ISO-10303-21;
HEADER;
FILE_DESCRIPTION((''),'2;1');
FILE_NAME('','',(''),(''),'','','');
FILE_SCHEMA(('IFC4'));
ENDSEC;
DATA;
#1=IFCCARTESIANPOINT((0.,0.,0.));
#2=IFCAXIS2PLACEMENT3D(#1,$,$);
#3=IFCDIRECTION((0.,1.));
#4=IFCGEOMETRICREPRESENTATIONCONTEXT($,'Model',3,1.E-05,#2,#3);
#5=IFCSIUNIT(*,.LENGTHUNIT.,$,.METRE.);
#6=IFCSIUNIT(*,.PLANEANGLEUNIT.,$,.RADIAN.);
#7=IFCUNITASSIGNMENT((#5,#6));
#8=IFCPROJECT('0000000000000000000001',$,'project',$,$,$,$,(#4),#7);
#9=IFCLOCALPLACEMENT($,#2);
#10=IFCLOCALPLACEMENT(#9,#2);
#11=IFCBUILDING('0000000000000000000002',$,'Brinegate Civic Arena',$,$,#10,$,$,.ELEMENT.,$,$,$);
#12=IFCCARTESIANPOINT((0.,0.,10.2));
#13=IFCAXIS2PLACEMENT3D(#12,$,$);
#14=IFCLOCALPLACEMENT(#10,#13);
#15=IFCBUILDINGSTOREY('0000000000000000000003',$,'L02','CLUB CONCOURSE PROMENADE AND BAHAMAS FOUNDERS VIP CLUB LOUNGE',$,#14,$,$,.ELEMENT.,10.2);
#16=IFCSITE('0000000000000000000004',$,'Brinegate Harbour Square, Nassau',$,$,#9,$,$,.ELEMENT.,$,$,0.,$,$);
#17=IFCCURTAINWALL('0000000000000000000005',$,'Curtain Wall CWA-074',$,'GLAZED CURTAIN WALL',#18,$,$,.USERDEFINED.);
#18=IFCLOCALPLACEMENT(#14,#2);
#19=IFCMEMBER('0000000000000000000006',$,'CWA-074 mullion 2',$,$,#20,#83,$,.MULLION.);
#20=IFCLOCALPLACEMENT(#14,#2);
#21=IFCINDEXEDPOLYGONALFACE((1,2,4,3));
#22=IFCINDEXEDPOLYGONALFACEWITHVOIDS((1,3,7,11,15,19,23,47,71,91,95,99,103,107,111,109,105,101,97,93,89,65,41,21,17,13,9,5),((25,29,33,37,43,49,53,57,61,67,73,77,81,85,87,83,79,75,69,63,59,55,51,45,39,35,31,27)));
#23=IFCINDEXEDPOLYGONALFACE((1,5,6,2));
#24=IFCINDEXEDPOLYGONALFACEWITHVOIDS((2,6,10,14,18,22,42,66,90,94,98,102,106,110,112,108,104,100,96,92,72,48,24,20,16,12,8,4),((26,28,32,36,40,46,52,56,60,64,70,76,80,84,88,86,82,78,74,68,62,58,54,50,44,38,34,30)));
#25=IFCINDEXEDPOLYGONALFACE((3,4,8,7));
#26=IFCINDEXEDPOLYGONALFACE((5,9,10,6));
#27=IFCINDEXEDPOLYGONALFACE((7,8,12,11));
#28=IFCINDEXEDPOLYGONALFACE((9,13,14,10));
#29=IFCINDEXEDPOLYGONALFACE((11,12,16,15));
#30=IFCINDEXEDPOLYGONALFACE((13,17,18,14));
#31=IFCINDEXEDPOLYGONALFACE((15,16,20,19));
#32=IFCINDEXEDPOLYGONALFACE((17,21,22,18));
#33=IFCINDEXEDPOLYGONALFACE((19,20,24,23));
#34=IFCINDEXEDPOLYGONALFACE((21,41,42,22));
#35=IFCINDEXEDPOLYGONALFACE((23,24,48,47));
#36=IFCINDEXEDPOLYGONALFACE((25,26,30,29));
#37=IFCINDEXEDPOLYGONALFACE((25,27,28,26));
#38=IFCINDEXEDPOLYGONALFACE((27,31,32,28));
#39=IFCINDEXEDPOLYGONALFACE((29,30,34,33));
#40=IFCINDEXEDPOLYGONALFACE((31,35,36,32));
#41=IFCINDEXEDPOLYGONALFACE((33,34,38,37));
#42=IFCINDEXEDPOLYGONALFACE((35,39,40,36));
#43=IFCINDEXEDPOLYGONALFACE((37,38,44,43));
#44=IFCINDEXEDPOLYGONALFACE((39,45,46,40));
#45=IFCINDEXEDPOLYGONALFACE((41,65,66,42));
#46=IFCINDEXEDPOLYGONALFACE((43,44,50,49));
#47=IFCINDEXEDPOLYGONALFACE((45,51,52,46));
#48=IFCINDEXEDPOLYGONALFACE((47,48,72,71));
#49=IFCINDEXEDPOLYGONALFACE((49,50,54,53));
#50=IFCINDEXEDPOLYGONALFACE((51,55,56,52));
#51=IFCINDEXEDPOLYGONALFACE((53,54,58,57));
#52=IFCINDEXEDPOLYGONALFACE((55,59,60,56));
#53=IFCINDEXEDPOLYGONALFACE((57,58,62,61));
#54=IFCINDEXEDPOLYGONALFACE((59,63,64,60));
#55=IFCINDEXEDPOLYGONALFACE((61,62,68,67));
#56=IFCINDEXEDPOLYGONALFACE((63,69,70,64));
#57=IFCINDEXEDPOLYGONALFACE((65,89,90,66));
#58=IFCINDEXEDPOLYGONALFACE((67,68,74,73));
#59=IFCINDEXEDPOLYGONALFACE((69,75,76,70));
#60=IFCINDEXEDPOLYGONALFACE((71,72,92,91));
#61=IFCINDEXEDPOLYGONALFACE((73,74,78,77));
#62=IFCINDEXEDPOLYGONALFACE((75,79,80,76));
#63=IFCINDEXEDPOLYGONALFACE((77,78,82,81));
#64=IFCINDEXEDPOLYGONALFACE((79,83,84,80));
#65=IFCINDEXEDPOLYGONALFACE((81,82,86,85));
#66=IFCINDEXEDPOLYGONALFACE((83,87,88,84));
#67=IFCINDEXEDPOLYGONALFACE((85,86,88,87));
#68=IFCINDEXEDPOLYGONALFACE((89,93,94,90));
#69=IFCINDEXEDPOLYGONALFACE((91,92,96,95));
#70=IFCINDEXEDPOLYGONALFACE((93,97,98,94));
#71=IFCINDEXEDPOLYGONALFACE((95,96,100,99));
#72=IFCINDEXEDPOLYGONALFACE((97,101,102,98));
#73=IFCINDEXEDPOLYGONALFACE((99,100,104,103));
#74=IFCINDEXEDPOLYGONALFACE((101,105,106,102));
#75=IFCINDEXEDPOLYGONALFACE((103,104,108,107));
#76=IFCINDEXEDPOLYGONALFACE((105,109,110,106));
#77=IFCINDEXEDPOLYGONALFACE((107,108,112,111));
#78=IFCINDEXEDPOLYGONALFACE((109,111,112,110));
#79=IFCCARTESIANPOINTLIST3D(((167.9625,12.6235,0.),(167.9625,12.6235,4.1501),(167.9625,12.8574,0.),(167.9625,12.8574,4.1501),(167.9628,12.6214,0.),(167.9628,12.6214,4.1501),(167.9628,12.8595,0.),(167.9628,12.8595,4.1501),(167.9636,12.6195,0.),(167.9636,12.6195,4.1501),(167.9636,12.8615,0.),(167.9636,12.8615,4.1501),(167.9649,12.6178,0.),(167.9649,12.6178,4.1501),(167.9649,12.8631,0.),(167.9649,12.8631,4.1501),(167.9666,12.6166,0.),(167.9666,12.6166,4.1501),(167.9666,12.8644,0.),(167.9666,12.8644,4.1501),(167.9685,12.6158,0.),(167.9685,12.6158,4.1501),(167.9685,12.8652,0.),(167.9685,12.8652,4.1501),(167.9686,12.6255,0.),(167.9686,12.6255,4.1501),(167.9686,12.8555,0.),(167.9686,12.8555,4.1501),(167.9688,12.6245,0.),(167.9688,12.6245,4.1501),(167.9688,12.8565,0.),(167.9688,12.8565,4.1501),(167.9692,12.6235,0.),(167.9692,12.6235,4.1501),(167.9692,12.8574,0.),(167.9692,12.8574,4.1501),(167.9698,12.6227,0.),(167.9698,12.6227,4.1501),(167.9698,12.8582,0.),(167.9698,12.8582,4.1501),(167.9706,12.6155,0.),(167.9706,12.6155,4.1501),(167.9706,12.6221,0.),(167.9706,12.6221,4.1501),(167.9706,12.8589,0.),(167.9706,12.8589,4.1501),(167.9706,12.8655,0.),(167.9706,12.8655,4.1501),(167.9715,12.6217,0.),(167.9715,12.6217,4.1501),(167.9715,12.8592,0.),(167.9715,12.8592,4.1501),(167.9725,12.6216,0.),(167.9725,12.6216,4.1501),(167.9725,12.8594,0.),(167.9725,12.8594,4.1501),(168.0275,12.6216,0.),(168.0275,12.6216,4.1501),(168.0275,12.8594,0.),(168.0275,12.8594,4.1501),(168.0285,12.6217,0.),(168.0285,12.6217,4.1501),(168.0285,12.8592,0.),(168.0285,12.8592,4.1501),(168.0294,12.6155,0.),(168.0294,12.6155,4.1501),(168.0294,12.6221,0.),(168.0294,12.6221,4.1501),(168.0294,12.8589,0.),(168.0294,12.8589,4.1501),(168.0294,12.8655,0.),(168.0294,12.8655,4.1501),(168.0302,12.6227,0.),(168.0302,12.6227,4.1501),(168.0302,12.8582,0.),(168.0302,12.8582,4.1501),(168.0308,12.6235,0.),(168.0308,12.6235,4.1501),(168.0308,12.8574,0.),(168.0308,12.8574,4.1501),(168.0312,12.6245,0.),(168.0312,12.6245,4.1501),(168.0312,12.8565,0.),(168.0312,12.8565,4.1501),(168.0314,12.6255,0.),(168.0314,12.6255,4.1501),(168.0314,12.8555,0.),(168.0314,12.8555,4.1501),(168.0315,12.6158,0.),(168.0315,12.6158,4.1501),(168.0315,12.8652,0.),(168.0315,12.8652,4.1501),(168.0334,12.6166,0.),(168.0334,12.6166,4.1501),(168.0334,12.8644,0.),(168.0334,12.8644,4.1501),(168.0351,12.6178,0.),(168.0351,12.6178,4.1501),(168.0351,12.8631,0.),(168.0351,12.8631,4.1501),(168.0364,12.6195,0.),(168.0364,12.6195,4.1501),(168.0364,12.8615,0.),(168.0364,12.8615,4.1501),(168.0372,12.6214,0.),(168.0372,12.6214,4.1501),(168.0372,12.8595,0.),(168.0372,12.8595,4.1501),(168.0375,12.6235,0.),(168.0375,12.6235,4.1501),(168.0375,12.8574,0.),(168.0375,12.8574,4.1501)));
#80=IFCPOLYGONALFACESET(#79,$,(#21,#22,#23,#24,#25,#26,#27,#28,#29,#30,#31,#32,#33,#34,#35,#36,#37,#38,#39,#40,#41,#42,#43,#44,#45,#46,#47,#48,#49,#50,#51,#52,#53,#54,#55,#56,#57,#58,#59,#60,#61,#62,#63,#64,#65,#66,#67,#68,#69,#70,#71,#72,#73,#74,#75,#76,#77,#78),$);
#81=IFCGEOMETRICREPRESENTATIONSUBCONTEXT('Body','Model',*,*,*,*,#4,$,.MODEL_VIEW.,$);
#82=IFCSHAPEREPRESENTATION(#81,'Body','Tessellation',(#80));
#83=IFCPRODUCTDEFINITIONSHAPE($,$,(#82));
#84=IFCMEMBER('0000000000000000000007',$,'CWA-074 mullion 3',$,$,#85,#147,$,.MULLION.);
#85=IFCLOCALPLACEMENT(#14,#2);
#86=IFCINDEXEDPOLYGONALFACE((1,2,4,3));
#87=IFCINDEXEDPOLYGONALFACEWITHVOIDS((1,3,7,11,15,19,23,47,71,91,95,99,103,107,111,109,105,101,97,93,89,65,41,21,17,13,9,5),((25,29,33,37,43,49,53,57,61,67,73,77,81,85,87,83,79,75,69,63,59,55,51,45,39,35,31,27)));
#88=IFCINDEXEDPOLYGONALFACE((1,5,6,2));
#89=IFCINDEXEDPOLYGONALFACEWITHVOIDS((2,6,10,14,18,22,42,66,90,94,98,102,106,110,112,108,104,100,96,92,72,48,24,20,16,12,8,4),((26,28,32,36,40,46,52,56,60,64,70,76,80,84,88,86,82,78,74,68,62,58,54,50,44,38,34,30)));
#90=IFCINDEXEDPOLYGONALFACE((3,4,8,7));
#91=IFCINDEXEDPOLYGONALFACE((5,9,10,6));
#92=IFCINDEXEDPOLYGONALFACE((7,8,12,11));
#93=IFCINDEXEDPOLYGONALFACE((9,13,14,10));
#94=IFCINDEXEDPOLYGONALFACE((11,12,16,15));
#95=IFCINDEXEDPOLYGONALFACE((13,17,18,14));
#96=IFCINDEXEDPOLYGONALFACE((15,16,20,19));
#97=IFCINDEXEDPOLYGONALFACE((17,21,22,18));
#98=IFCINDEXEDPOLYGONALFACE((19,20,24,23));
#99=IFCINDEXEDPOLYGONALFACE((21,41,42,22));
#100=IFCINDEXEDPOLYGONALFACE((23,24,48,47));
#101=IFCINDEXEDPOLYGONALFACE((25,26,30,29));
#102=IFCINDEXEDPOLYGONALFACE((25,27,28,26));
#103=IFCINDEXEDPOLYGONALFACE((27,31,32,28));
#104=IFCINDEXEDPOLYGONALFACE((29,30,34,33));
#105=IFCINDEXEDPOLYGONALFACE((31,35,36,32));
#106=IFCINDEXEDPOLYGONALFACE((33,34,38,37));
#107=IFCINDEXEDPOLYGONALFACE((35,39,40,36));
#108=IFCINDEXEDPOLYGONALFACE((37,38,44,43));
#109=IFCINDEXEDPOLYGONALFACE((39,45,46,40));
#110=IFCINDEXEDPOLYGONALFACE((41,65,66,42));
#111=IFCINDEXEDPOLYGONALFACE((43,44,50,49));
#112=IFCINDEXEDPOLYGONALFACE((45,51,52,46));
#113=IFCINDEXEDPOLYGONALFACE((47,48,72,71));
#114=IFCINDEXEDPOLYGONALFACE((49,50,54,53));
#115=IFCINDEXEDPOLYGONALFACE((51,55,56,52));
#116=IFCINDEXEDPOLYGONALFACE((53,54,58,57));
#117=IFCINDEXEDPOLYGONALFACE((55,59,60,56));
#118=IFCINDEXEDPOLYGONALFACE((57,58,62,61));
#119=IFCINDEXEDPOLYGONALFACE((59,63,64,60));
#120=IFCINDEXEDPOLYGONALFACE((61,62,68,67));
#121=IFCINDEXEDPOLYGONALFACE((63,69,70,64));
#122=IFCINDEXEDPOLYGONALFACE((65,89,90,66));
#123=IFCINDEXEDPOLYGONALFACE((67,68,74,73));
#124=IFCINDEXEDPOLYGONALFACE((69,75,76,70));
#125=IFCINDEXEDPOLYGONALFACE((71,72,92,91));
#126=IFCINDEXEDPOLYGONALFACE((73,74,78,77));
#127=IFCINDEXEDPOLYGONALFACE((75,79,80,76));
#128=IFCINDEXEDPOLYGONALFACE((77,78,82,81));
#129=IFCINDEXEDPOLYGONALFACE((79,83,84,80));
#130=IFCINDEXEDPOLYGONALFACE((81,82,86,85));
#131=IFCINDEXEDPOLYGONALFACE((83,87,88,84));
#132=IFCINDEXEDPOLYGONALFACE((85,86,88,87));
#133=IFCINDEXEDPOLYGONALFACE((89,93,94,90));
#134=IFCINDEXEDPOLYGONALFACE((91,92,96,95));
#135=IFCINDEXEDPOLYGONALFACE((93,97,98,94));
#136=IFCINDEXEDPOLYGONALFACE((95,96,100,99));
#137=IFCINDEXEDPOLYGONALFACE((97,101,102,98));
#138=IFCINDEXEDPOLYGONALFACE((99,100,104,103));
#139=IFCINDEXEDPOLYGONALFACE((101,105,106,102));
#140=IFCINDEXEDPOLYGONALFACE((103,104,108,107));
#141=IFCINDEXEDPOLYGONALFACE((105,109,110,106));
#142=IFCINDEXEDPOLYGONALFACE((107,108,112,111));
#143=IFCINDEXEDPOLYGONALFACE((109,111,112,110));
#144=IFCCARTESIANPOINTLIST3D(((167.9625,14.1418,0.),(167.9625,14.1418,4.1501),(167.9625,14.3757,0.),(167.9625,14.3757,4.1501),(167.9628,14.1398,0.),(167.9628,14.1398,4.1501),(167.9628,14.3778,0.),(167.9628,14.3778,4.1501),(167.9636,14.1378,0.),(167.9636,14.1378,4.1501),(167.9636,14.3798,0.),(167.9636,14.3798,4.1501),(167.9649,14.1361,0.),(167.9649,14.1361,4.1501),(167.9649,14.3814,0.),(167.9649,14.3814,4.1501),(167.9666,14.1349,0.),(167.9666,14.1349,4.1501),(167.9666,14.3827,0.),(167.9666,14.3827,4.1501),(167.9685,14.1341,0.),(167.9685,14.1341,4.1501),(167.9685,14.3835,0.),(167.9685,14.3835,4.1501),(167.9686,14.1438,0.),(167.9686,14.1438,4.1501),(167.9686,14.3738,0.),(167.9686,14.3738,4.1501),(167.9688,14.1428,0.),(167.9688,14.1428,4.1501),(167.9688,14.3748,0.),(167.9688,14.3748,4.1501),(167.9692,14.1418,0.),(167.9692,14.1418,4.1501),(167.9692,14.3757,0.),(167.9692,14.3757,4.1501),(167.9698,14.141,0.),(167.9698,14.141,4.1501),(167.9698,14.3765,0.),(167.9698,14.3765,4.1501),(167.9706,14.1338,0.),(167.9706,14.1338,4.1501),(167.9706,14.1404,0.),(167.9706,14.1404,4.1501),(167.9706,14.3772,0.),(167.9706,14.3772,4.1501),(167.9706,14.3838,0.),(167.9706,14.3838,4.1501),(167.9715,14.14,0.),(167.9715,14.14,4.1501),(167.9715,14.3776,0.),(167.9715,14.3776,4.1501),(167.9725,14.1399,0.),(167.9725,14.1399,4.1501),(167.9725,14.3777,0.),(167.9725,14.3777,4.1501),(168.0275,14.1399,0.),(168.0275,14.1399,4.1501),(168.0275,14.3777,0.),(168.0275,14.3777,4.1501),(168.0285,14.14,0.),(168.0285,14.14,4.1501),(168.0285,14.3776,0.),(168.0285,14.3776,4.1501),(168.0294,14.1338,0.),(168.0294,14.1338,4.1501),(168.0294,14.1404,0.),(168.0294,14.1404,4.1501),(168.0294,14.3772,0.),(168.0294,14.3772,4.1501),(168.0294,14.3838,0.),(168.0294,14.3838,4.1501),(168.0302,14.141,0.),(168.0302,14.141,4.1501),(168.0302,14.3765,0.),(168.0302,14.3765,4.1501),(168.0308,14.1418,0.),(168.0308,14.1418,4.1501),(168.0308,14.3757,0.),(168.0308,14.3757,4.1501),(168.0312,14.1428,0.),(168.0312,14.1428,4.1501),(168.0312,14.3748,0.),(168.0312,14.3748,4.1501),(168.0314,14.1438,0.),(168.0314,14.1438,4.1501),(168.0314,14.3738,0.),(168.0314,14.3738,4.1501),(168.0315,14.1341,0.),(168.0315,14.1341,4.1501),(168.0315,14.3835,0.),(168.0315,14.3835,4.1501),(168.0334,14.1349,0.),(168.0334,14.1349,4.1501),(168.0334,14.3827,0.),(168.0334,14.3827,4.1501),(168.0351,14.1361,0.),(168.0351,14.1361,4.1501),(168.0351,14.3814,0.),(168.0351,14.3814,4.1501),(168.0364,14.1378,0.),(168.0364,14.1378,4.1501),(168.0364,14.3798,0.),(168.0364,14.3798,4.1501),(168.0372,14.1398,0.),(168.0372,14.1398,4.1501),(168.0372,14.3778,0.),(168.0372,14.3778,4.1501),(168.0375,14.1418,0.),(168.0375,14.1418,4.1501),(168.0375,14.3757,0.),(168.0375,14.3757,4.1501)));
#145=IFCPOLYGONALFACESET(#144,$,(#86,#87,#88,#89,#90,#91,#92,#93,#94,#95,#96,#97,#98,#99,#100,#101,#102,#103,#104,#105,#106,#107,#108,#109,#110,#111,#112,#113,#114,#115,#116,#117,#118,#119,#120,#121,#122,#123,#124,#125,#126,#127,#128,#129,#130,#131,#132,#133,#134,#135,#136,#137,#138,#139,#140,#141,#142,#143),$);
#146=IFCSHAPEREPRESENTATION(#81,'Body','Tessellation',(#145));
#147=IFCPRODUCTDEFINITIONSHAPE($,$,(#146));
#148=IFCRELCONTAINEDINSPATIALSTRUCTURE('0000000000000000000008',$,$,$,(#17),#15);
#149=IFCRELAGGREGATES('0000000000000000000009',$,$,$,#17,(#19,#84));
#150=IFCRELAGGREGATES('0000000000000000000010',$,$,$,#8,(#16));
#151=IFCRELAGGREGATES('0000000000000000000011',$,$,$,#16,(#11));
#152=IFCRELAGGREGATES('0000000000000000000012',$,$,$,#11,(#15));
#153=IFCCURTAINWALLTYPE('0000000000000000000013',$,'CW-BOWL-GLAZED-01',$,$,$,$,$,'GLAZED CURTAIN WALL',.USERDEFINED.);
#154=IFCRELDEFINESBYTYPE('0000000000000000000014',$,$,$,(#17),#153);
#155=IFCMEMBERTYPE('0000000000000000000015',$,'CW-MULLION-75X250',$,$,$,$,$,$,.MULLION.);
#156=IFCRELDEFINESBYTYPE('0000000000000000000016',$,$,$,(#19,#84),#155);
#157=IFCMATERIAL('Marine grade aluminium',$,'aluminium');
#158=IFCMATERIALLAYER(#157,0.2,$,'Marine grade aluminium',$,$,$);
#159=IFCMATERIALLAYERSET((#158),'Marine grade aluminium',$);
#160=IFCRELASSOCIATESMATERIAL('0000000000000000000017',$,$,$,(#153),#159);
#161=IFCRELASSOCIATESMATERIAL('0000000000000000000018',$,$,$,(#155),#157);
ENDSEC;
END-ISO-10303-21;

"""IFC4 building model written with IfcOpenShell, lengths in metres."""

from ifc_helpers import new_model, si_unit, direction, frame, origin, origin_2d, place, context, subcontext, project, spatial, hollow_rectangle, extrude, material, layer, layer_set, material_profile, profile_set, type_object, element, aggregate, save


model = new_model("IFC4")

# Units and contexts
model_context = context("Model", 3, precision=1e-05, world=origin(), true_north=direction((0.0, 1.0)))
body_context = subcontext(model_context, "Body", "Model", "MODEL_VIEW")
ifc_project = project(units=[si_unit("LENGTHUNIT", "METRE"), si_unit("PLANEANGLEUNIT", "RADIAN")], contexts=[model_context])

# Site, building, storey
site_placement = place(None, origin())
site = spatial("IfcSite", under=ifc_project, at=site_placement, Name="Brinegate Harbour Square, Nassau", CompositionType="ELEMENT", RefElevation=0.0)
building_placement = place(site_placement, origin())
building = spatial("IfcBuilding", under=site, at=building_placement, Name="Brinegate Civic Arena", CompositionType="ELEMENT")
storey_placement = place(building_placement, frame((0.0, 0.0, 10.2)))
storey = spatial("IfcBuildingStorey", under=building, at=storey_placement, Name="L02", Description="CLUB CONCOURSE PROMENADE AND BAHAMAS FOUNDERS VIP CLUB LOUNGE", CompositionType="ELEMENT", Elevation=10.2)

# Shared definitions
ifc_material_1 = material(Name="Marine grade aluminium", Category="aluminium")
ifc_layer_1 = layer(ifc_material_1, 0.2, Name="Marine grade aluminium")
ifc_layer_set_1 = layer_set([ifc_layer_1], Name="Marine grade aluminium")
curtain_wall_type = type_object("IfcCurtainWallType", Name="CW-BOWL-GLAZED-01", ElementType="GLAZED CURTAIN WALL", PredefinedType="USERDEFINED", material=ifc_layer_set_1)

# Curtain wall, members
curtain_wall_1_placement = place(storey_placement, origin())
curtain_wall_1 = element("IfcCurtainWall", 1, at=curtain_wall_1_placement, inside=storey, type_object=curtain_wall_type, Name="Curtain Wall CWA-074", ObjectType="GLAZED CURTAIN WALL", PredefinedType="USERDEFINED")
ifc_material_profile_1 = material_profile(ifc_material_1, hollow_rectangle(XDim=0.075, YDim=0.25, WallThickness=0.0061, InnerFilletRadius=0.0039, OuterFilletRadius=0.0081, at=origin_2d()), Name="MUL75X250")
ifc_profile_set_1 = profile_set([ifc_material_profile_1], Name="Marine grade aluminium")
member_type_1 = type_object("IfcMemberType", Name="CW-MULLION-75X250", PredefinedType="MULLION", material=ifc_profile_set_1)
member_1_placement = place(storey_placement, frame((168.0, 12.7405, 0.0), z_axis=(0.0, 0.0, 1.0), x_axis=(-1.0, 0.0, 0.0)))
member_1 = element("IfcMember", 2, at=member_1_placement, type_object=member_type_1, Name="CWA-074 mullion 2", PredefinedType="MULLION", context=body_context, shape_type="SweptSolid", body=[
    extrude(hollow_rectangle(XDim=0.075, YDim=0.25, WallThickness=0.0061, InnerFilletRadius=0.0039, OuterFilletRadius=0.0081, at=origin_2d()), origin(), (0.0, 0.0, 1.0), 4.1501),
])
member_2_placement = place(storey_placement, frame((168.0, 14.2588, 0.0), z_axis=(0.0, 0.0, 1.0), x_axis=(-1.0, 0.0, 0.0)))
member_2 = element("IfcMember", 3, at=member_2_placement, type_object=member_type_1, Name="CWA-074 mullion 3", PredefinedType="MULLION", context=body_context, shape_type="SweptSolid", body=[
    extrude(hollow_rectangle(XDim=0.075, YDim=0.25, WallThickness=0.0061, InnerFilletRadius=0.0039, OuterFilletRadius=0.0081, at=origin_2d()), origin(), (0.0, 0.0, 1.0), 4.1501),
])

aggregate(curtain_wall_1, [member_1, member_2])

save(model, "model.ifc")
